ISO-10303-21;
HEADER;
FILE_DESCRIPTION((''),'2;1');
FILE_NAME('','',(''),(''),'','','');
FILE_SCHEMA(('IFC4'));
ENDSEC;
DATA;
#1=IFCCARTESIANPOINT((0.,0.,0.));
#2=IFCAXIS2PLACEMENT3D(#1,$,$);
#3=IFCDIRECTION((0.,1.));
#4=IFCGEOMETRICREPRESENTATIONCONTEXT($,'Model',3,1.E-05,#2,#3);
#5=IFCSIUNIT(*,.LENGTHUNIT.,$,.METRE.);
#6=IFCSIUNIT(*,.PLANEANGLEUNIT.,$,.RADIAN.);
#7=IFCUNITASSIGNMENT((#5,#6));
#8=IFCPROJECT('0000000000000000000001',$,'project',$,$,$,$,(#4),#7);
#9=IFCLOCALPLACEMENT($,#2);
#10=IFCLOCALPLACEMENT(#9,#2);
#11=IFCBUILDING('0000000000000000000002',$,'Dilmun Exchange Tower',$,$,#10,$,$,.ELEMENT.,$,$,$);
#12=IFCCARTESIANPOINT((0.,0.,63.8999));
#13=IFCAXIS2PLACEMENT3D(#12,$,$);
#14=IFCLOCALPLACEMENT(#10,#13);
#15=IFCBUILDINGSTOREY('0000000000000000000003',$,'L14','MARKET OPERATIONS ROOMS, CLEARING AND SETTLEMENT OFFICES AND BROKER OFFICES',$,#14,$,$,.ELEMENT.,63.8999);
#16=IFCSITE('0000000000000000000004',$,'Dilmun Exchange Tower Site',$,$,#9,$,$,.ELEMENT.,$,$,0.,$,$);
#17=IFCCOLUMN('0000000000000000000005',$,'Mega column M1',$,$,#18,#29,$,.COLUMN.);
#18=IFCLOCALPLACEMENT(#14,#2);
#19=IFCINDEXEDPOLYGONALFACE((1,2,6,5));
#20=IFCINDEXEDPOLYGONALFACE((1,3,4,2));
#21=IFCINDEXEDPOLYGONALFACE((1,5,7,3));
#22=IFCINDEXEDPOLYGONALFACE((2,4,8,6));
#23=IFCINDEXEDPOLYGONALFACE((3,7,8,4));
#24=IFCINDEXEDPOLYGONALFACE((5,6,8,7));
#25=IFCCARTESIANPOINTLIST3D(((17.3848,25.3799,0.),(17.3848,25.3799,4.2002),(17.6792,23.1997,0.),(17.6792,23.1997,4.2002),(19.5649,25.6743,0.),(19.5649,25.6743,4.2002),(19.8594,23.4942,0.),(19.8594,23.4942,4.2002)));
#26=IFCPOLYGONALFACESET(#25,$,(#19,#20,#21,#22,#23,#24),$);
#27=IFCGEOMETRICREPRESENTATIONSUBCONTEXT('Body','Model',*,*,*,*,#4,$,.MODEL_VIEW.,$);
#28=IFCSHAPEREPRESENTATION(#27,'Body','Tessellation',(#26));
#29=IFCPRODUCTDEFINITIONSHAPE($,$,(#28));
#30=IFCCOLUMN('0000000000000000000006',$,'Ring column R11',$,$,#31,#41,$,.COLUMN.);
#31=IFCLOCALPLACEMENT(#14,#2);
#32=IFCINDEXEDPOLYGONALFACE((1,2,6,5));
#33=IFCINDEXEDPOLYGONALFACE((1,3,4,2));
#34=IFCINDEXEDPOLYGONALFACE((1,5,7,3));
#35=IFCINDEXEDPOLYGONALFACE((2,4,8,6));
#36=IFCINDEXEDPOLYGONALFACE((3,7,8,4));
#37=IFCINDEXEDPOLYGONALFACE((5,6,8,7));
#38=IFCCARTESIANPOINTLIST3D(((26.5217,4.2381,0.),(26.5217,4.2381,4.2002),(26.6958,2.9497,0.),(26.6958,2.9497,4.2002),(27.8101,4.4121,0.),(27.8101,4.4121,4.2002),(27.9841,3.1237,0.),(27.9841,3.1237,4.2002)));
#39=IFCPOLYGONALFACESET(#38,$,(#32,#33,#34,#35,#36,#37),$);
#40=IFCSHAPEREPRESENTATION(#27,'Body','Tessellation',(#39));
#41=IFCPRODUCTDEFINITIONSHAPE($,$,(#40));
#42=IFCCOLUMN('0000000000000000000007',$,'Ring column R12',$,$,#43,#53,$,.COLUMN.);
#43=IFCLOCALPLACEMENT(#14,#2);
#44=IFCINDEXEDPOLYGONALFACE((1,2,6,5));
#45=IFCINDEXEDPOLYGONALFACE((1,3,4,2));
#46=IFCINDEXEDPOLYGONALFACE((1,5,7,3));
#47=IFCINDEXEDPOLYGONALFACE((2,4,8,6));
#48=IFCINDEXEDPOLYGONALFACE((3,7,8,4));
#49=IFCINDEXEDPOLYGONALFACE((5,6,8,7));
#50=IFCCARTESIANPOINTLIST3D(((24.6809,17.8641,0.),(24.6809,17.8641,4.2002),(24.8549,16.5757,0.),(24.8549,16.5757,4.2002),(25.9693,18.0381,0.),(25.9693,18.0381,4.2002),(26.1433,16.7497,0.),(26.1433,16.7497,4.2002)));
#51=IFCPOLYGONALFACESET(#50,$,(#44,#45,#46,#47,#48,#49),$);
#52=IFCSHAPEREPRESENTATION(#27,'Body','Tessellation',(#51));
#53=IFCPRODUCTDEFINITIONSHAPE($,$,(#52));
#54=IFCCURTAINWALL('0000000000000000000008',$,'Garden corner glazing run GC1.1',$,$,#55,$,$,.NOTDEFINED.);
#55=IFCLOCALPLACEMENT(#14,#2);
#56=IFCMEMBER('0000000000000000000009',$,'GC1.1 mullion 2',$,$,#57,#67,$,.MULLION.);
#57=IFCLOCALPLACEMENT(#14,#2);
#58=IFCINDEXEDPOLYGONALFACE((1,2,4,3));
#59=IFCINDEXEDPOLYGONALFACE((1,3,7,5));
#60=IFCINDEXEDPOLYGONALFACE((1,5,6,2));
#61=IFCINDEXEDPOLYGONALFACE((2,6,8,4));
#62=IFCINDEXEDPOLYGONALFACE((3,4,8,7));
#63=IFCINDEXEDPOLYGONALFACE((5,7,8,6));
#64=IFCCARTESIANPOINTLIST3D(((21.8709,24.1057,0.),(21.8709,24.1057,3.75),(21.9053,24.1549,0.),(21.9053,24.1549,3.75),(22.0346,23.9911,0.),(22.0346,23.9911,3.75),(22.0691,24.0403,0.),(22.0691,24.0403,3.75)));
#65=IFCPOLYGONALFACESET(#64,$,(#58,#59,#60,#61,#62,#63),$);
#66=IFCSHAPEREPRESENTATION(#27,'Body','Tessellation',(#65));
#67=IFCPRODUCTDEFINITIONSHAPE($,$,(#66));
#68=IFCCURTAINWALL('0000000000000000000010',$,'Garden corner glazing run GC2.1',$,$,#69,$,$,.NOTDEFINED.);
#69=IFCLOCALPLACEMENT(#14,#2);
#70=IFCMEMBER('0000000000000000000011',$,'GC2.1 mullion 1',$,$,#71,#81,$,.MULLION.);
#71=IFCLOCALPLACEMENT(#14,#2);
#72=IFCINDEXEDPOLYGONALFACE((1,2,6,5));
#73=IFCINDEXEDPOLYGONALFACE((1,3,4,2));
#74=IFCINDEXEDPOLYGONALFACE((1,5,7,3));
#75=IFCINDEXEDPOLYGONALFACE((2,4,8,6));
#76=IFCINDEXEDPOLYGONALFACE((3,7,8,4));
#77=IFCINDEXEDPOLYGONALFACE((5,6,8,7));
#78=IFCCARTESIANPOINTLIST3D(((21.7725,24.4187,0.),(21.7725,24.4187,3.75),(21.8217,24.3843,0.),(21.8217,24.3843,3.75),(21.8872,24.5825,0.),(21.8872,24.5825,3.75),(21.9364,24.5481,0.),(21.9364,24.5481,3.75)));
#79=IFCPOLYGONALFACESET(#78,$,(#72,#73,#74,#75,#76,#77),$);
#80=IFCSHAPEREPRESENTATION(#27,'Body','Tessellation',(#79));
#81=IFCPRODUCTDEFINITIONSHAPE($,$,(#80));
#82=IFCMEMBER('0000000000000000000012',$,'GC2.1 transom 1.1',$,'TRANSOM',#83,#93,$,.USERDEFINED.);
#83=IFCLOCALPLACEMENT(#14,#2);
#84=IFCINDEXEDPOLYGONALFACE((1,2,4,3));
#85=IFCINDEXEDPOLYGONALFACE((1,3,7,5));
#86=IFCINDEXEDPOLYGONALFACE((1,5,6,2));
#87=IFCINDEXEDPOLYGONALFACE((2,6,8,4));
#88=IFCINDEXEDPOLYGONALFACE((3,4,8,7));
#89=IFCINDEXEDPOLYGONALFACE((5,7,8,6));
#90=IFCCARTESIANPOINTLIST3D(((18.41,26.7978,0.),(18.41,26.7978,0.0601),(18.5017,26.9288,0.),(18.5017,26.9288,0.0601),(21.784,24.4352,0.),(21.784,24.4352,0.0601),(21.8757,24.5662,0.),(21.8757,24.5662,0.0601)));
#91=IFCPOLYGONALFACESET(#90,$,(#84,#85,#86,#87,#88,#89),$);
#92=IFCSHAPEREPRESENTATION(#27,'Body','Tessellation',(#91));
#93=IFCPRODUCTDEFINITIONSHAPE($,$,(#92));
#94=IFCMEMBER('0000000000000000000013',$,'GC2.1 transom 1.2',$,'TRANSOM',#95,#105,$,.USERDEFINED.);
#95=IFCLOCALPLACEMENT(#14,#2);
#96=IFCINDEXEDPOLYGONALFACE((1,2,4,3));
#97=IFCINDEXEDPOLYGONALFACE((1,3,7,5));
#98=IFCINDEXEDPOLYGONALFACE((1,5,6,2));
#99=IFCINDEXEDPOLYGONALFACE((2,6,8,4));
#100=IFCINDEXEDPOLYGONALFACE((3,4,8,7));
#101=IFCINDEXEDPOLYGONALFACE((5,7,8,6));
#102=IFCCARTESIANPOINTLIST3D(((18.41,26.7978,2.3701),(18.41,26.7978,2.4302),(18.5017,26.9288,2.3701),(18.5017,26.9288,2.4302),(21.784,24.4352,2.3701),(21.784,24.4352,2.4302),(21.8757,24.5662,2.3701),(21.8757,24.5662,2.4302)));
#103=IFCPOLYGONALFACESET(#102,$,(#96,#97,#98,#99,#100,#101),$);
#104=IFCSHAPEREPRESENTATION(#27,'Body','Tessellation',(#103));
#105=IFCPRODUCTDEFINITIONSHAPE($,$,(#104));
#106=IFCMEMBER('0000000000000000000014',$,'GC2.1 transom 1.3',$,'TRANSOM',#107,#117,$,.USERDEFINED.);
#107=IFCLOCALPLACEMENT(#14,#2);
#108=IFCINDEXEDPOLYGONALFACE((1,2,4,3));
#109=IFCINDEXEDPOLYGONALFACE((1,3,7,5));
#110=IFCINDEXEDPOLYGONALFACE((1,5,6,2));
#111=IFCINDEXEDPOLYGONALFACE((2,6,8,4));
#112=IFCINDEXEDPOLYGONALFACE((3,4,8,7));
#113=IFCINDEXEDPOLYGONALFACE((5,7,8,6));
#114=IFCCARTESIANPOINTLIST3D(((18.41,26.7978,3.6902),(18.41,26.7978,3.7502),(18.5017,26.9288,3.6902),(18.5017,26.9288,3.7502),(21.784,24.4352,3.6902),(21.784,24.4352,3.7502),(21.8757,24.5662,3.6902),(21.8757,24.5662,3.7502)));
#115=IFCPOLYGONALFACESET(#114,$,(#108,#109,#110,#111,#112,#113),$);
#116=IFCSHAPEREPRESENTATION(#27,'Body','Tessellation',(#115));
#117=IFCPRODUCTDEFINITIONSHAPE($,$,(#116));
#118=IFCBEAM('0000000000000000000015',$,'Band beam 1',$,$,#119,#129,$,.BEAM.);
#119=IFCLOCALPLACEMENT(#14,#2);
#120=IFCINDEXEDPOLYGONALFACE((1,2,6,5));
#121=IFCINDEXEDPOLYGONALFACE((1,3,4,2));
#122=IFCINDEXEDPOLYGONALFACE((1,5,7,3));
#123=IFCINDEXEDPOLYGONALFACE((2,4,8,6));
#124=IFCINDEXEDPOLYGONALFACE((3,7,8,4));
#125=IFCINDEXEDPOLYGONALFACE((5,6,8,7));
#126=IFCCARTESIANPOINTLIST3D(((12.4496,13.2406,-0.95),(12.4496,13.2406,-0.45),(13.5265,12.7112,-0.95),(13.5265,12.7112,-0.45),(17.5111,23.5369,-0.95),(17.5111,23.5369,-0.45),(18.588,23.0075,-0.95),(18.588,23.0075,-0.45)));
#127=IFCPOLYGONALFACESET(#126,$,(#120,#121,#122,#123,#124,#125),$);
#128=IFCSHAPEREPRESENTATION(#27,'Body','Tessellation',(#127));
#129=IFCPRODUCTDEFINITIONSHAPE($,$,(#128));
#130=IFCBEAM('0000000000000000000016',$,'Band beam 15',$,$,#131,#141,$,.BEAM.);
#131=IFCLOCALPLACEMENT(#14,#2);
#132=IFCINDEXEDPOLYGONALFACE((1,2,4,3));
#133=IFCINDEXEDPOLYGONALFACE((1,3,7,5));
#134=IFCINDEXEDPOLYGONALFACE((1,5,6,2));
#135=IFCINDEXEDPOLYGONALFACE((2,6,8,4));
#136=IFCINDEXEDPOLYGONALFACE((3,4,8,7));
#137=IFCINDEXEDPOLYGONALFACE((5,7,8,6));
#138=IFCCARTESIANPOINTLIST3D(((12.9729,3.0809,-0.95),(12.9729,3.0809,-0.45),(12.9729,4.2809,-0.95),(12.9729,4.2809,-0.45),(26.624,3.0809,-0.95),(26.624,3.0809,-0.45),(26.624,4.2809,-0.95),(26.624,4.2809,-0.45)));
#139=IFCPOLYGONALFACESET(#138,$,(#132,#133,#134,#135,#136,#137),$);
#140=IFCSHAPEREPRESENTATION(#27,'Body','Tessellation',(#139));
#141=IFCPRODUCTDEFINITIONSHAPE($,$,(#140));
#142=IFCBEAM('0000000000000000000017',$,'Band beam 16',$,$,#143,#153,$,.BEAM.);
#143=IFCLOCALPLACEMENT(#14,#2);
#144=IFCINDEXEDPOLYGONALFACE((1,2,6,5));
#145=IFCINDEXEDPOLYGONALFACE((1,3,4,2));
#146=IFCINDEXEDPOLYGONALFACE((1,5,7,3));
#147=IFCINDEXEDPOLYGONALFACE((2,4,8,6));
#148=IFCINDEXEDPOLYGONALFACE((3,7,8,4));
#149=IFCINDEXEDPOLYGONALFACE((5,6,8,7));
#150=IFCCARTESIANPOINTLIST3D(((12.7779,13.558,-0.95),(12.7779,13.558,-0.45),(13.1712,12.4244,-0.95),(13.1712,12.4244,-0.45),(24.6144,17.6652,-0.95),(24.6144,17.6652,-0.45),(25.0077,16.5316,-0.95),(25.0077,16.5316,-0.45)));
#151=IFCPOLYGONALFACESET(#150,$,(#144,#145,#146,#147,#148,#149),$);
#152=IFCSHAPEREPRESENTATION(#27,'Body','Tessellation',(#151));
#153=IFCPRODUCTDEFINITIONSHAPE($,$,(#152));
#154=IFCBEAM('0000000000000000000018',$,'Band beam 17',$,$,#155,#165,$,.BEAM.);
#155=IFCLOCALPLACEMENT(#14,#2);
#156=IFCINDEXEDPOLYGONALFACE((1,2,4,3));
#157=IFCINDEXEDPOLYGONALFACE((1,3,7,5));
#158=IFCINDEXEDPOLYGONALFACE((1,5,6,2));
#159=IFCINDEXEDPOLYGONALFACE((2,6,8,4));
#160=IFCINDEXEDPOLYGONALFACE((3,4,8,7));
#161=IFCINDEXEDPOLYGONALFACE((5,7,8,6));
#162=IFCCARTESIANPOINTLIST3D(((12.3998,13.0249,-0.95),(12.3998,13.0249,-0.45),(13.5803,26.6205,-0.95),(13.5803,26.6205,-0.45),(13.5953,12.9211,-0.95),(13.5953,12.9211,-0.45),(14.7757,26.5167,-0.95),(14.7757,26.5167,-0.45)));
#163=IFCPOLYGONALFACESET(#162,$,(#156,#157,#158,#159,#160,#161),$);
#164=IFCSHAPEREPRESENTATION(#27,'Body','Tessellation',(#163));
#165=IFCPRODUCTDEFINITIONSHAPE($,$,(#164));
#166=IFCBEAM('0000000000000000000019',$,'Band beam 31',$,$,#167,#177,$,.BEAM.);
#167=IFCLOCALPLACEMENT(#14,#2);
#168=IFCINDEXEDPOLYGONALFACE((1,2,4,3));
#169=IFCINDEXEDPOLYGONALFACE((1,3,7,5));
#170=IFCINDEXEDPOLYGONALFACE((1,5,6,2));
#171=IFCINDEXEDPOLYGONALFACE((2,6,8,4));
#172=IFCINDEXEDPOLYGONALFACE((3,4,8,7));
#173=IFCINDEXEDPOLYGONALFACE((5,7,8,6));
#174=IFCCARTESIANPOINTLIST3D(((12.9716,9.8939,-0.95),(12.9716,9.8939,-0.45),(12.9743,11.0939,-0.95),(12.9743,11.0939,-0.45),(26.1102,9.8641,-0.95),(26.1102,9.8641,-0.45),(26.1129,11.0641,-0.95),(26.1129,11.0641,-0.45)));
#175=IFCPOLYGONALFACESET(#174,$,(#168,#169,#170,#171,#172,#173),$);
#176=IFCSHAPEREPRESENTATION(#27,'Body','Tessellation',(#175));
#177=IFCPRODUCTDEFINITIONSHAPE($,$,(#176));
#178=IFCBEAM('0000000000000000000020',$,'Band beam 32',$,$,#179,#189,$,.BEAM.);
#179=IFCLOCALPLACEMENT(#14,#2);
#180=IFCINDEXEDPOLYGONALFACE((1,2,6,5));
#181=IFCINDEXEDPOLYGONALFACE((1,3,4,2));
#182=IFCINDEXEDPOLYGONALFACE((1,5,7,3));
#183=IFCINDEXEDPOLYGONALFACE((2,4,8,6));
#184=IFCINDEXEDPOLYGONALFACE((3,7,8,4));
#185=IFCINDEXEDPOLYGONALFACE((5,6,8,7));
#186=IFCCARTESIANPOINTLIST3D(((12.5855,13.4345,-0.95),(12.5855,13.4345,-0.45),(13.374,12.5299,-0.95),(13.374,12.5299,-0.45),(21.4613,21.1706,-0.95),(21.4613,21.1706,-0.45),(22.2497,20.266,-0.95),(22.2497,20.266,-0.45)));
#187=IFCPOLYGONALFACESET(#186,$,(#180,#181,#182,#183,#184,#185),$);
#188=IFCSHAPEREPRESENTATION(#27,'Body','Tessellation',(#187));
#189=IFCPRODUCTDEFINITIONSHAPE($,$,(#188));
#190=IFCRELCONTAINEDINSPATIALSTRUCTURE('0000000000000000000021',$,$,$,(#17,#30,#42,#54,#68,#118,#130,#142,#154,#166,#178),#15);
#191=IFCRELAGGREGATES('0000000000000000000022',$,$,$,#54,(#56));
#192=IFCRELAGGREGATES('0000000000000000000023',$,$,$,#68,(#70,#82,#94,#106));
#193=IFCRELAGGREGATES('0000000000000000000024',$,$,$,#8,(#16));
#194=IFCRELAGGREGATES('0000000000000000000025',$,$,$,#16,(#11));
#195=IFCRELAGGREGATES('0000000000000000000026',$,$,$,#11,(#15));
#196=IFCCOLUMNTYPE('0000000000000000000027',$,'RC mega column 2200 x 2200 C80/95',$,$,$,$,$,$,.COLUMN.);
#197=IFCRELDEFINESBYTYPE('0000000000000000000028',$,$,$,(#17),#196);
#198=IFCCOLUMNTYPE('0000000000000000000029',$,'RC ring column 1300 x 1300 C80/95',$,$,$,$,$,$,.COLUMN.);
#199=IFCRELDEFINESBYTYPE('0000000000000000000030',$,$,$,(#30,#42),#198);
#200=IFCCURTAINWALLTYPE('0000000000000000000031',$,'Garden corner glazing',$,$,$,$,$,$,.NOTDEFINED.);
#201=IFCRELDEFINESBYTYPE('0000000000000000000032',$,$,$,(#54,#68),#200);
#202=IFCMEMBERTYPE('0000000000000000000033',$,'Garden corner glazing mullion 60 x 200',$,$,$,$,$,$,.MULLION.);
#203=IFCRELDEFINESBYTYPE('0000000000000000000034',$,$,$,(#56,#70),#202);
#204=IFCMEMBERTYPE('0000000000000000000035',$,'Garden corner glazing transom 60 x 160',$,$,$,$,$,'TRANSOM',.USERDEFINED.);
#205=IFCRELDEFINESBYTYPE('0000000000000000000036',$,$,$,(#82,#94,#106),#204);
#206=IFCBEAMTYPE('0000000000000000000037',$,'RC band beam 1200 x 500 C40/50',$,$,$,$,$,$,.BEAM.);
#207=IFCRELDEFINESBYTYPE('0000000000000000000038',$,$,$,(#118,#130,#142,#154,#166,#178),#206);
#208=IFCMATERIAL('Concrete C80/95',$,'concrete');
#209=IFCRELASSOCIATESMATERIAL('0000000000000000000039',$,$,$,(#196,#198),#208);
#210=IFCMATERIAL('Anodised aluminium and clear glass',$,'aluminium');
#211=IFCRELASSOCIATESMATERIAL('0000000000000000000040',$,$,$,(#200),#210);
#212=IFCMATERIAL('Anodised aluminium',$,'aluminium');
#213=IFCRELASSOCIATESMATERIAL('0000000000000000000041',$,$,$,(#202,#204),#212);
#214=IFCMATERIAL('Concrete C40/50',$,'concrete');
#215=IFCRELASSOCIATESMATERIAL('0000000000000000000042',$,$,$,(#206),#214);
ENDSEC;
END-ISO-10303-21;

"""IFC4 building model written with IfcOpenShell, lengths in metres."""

from ifc_helpers import new_model, si_unit, direction, frame, origin, origin_2d, place, context, subcontext, project, spatial, rectangle, extrude, material, material_profile, profile_set, type_object, element, aggregate, save


model = new_model("IFC4")

# Units and contexts
model_context = context("Model", 3, precision=1e-05, world=origin(), true_north=direction((0.0, 1.0)))
body_context = subcontext(model_context, "Body", "Model", "MODEL_VIEW")
ifc_project = project(units=[si_unit("LENGTHUNIT", "METRE"), si_unit("PLANEANGLEUNIT", "RADIAN")], contexts=[model_context])

# Site, building, storey
site_placement = place(None, origin())
site = spatial("IfcSite", under=ifc_project, at=site_placement, Name="Dilmun Exchange Tower Site", CompositionType="ELEMENT", RefElevation=0.0)
building_placement = place(site_placement, origin())
building = spatial("IfcBuilding", under=site, at=building_placement, Name="Dilmun Exchange Tower", CompositionType="ELEMENT")
storey_placement = place(building_placement, frame((0.0, 0.0, 63.8999)))
storey = spatial("IfcBuildingStorey", under=building, at=storey_placement, Name="L14", Description="MARKET OPERATIONS ROOMS, CLEARING AND SETTLEMENT OFFICES AND BROKER OFFICES", CompositionType="ELEMENT", Elevation=63.8999)

# Columns
ifc_material_1 = material(Name="Concrete C80/95", Category="concrete")
ifc_material_profile_1 = material_profile(ifc_material_1, rectangle(XDim=2.2, YDim=2.2, at=origin_2d()), Name="2200 x 2200")
ifc_profile_set_1 = profile_set([ifc_material_profile_1], Name="Concrete C80/95")
column_type_1 = type_object("IfcColumnType", Name="RC mega column 2200 x 2200 C80/95", PredefinedType="COLUMN", material=ifc_profile_set_1)
column_placement = place(storey_placement, frame((18.6221, 24.437, 0.0), z_axis=(0.0, 0.0, 1.0), x_axis=(0.991001, 0.133853, 0.0)))
element("IfcColumn", 1, at=column_placement, inside=storey, type_object=column_type_1, Name="Mega column M1", PredefinedType="COLUMN", context=body_context, shape_type="SweptSolid", body=[
    extrude(rectangle(XDim=2.2, YDim=2.2, at=origin_2d()), origin(), (0.0, 0.0, 1.0), 4.2002),
])
ifc_material_profile_2 = material_profile(ifc_material_1, rectangle(XDim=1.3, YDim=1.3, at=origin_2d()), Name="1300 x 1300")
ifc_profile_set_2 = profile_set([ifc_material_profile_2], Name="Concrete C80/95")
column_type_2 = type_object("IfcColumnType", Name="RC ring column 1300 x 1300 C80/95", PredefinedType="COLUMN", material=ifc_profile_set_2)
for number, where, z_axis, x_axis, name in (
    (2, (27.2529, 3.6809, 0.0), (0.0, 0.0, 1.0), (0.991001, 0.133853, 0.0), "Ring column R11"),
    (3, (25.4121, 17.3069, 0.0), (0.0, 0.0, 1.0), (0.991001, 0.133853, 0.0), "Ring column R12"),
):
    element("IfcColumn", number, at=place(storey_placement, frame(where, z_axis=z_axis, x_axis=x_axis)), inside=storey, type_object=column_type_2, Name=name, PredefinedType="COLUMN", context=body_context, shape_type="SweptSolid", body=[
        extrude(rectangle(XDim=1.3, YDim=1.3, at=origin_2d()), origin(), (0.0, 0.0, 1.0), 4.2002),
    ])

# Curtain wall, member
ifc_material_2 = material(Name="Anodised aluminium and clear glass", Category="aluminium")
curtain_wall_type = type_object("IfcCurtainWallType", Name="Garden corner glazing", PredefinedType="NOTDEFINED", material=ifc_material_2)
curtain_wall_1_placement = place(storey_placement, origin())
curtain_wall_1 = element("IfcCurtainWall", 4, at=curtain_wall_1_placement, inside=storey, type_object=curtain_wall_type, Name="Garden corner glazing run GC1.1", PredefinedType="NOTDEFINED")
ifc_material_3 = material(Name="Anodised aluminium", Category="aluminium")
ifc_material_profile_3 = material_profile(ifc_material_3, rectangle(XDim=0.2, YDim=0.0601, at=origin_2d()), Name="AL 60x200")
ifc_profile_set_3 = profile_set([ifc_material_profile_3], Name="Anodised aluminium")
member_type_1 = type_object("IfcMemberType", Name="Garden corner glazing mullion 60 x 200", PredefinedType="MULLION", material=ifc_profile_set_3)
member_1_placement = place(storey_placement, frame((21.97, 24.073, 0.0), z_axis=(0.0, 0.0, 1.0), x_axis=(0.819154, -0.573574, 0.0)))
member_1 = element("IfcMember", 5, at=member_1_placement, type_object=member_type_1, Name="GC1.1 mullion 2", PredefinedType="MULLION", context=body_context, shape_type="SweptSolid", body=[
    extrude(rectangle(XDim=0.2, YDim=0.0601, at=origin_2d()), origin(), (0.0, 0.0, 1.0), 3.75),
])

# Curtain wall, members
curtain_wall_2_placement = place(storey_placement, origin())
curtain_wall_2 = element("IfcCurtainWall", 6, at=curtain_wall_2_placement, inside=storey, type_object=curtain_wall_type, Name="Garden corner glazing run GC2.1", PredefinedType="NOTDEFINED")
member_2_placement = place(storey_placement, frame((21.8545, 24.4834, 0.0), z_axis=(0.0, 0.0, 1.0), x_axis=(-0.573576, -0.819152, 0.0)))
member_2 = element("IfcMember", 7, at=member_2_placement, type_object=member_type_1, Name="GC2.1 mullion 1", PredefinedType="MULLION", context=body_context, shape_type="SweptSolid", body=[
    extrude(rectangle(XDim=0.2, YDim=0.0601, at=origin_2d()), origin(), (0.0, 0.0, 1.0), 3.75),
])
ifc_material_profile_4 = material_profile(ifc_material_3, rectangle(XDim=0.1599, YDim=0.0601, at=origin_2d()), Name="AL 60x160")
ifc_profile_set_4 = profile_set([ifc_material_profile_4], Name="Anodised aluminium")
member_type_2 = type_object("IfcMemberType", Name="Garden corner glazing transom 60 x 160", ElementType="TRANSOM", PredefinedType="USERDEFINED", material=ifc_profile_set_4)
member_3_placement = place(storey_placement, frame((21.8298, 24.5007, 0.03), z_axis=(-0.819148, 0.573582, 0.0), x_axis=(-0.573582, -0.819148, 0.0)))
member_3 = element("IfcMember", 8, at=member_3_placement, type_object=member_type_2, Name="GC2.1 transom 1.1", ObjectType="TRANSOM", PredefinedType="USERDEFINED", context=body_context, shape_type="SweptSolid", body=[
    extrude(rectangle(XDim=0.1599, YDim=0.0601, at=origin_2d()), origin(), (0.0, 0.0, 1.0), 4.1189),
])
member_4_placement = place(storey_placement, frame((21.8298, 24.5007, 2.4001), z_axis=(-0.819148, 0.573582, 0.0), x_axis=(-0.573582, -0.819148, 0.0)))
member_4 = element("IfcMember", 9, at=member_4_placement, type_object=member_type_2, Name="GC2.1 transom 1.2", ObjectType="TRANSOM", PredefinedType="USERDEFINED", context=body_context, shape_type="SweptSolid", body=[
    extrude(rectangle(XDim=0.1599, YDim=0.0601, at=origin_2d()), origin(), (0.0, 0.0, 1.0), 4.1189),
])
member_5_placement = place(storey_placement, frame((21.8298, 24.5007, 3.7202), z_axis=(-0.819148, 0.573582, 0.0), x_axis=(-0.573582, -0.819148, 0.0)))
member_5 = element("IfcMember", 10, at=member_5_placement, type_object=member_type_2, Name="GC2.1 transom 1.3", ObjectType="TRANSOM", PredefinedType="USERDEFINED", context=body_context, shape_type="SweptSolid", body=[
    extrude(rectangle(XDim=0.1599, YDim=0.0601, at=origin_2d()), origin(), (0.0, 0.0, 1.0), 4.1189),
])

# Beams
ifc_material_4 = material(Name="Concrete C40/50", Category="concrete")
ifc_material_profile_5 = material_profile(ifc_material_4, rectangle(XDim=1.2, YDim=0.5, at=origin_2d()), Name="1200 x 500")
ifc_profile_set_5 = profile_set([ifc_material_profile_5], Name="Concrete C40/50")
beam_type_1 = type_object("IfcBeamType", Name="RC band beam 1200 x 500 C40/50", PredefinedType="BEAM", material=ifc_profile_set_5)
beam_1_placement = place(storey_placement, frame((18.0496, 23.2722, -0.7), z_axis=(-0.44116, -0.897428, 0.0), x_axis=(0.897428, -0.44116, 0.0)))
element("IfcBeam", 11, at=beam_1_placement, inside=storey, type_object=beam_type_1, Name="Band beam 1", PredefinedType="BEAM", context=body_context, shape_type="SweptSolid", body=[
    extrude(rectangle(XDim=1.2, YDim=0.5, at=origin_2d()), origin(), (0.0, 0.0, 1.0), 11.4731),
])
beam_2_placement = place(storey_placement, frame((26.624, 3.6809, -0.7), z_axis=(-1.0, 0.0, 0.0), x_axis=(0.0, -1.0, 0.0)))
element("IfcBeam", 12, at=beam_2_placement, inside=storey, type_object=beam_type_1, Name="Band beam 15", PredefinedType="BEAM", context=body_context, shape_type="SweptSolid", body=[
    extrude(rectangle(XDim=1.2, YDim=0.5, at=origin_2d()), origin(), (0.0, 0.0, 1.0), 13.6511),
])
beam_3_placement = place(storey_placement, frame((24.811, 17.0984, -0.7), z_axis=(-0.94474, -0.32782, 0.0), x_axis=(0.32782, -0.94474, 0.0)))
element("IfcBeam", 13, at=beam_3_placement, inside=storey, type_object=beam_type_1, Name="Band beam 16", PredefinedType="BEAM", context=body_context, shape_type="SweptSolid", body=[
    extrude(rectangle(XDim=1.2, YDim=0.5, at=origin_2d()), origin(), (0.0, 0.0, 1.0), 12.5288),
])
beam_4_placement = place(storey_placement, frame((14.178, 26.5686, -0.7), z_axis=(-0.086499, -0.996252, 0.0), x_axis=(0.996252, -0.086499, 0.0)))
element("IfcBeam", 14, at=beam_4_placement, inside=storey, type_object=beam_type_1, Name="Band beam 17", PredefinedType="BEAM", context=body_context, shape_type="SweptSolid", body=[
    extrude(rectangle(XDim=1.2, YDim=0.5, at=origin_2d()), origin(), (0.0, 0.0, 1.0), 13.6467),
])
beam_5_placement = place(storey_placement, frame((26.1116, 10.4641, -0.7), z_axis=(-0.999997, 0.002267, 0.0), x_axis=(-0.002267, -0.999997, 0.0)))
element("IfcBeam", 15, at=beam_5_placement, inside=storey, type_object=beam_type_1, Name="Band beam 31", PredefinedType="BEAM", context=body_context, shape_type="SweptSolid", body=[
    extrude(rectangle(XDim=1.2, YDim=0.5, at=origin_2d()), origin(), (0.0, 0.0, 1.0), 13.1387),
])
beam_6_placement = place(storey_placement, frame((21.8555, 20.7183, -0.7), z_axis=(-0.753846, -0.657052, 0.0), x_axis=(0.657052, -0.753846, 0.0)))
element("IfcBeam", 16, at=beam_6_placement, inside=storey, type_object=beam_type_1, Name="Band beam 32", PredefinedType="BEAM", context=body_context, shape_type="SweptSolid", body=[
    extrude(rectangle(XDim=1.2, YDim=0.5, at=origin_2d()), origin(), (0.0, 0.0, 1.0), 11.7739),
])

aggregate(curtain_wall_1, [member_1])
aggregate(curtain_wall_2, [member_2, member_3, member_4, member_5])

save(model, "model.ifc")
